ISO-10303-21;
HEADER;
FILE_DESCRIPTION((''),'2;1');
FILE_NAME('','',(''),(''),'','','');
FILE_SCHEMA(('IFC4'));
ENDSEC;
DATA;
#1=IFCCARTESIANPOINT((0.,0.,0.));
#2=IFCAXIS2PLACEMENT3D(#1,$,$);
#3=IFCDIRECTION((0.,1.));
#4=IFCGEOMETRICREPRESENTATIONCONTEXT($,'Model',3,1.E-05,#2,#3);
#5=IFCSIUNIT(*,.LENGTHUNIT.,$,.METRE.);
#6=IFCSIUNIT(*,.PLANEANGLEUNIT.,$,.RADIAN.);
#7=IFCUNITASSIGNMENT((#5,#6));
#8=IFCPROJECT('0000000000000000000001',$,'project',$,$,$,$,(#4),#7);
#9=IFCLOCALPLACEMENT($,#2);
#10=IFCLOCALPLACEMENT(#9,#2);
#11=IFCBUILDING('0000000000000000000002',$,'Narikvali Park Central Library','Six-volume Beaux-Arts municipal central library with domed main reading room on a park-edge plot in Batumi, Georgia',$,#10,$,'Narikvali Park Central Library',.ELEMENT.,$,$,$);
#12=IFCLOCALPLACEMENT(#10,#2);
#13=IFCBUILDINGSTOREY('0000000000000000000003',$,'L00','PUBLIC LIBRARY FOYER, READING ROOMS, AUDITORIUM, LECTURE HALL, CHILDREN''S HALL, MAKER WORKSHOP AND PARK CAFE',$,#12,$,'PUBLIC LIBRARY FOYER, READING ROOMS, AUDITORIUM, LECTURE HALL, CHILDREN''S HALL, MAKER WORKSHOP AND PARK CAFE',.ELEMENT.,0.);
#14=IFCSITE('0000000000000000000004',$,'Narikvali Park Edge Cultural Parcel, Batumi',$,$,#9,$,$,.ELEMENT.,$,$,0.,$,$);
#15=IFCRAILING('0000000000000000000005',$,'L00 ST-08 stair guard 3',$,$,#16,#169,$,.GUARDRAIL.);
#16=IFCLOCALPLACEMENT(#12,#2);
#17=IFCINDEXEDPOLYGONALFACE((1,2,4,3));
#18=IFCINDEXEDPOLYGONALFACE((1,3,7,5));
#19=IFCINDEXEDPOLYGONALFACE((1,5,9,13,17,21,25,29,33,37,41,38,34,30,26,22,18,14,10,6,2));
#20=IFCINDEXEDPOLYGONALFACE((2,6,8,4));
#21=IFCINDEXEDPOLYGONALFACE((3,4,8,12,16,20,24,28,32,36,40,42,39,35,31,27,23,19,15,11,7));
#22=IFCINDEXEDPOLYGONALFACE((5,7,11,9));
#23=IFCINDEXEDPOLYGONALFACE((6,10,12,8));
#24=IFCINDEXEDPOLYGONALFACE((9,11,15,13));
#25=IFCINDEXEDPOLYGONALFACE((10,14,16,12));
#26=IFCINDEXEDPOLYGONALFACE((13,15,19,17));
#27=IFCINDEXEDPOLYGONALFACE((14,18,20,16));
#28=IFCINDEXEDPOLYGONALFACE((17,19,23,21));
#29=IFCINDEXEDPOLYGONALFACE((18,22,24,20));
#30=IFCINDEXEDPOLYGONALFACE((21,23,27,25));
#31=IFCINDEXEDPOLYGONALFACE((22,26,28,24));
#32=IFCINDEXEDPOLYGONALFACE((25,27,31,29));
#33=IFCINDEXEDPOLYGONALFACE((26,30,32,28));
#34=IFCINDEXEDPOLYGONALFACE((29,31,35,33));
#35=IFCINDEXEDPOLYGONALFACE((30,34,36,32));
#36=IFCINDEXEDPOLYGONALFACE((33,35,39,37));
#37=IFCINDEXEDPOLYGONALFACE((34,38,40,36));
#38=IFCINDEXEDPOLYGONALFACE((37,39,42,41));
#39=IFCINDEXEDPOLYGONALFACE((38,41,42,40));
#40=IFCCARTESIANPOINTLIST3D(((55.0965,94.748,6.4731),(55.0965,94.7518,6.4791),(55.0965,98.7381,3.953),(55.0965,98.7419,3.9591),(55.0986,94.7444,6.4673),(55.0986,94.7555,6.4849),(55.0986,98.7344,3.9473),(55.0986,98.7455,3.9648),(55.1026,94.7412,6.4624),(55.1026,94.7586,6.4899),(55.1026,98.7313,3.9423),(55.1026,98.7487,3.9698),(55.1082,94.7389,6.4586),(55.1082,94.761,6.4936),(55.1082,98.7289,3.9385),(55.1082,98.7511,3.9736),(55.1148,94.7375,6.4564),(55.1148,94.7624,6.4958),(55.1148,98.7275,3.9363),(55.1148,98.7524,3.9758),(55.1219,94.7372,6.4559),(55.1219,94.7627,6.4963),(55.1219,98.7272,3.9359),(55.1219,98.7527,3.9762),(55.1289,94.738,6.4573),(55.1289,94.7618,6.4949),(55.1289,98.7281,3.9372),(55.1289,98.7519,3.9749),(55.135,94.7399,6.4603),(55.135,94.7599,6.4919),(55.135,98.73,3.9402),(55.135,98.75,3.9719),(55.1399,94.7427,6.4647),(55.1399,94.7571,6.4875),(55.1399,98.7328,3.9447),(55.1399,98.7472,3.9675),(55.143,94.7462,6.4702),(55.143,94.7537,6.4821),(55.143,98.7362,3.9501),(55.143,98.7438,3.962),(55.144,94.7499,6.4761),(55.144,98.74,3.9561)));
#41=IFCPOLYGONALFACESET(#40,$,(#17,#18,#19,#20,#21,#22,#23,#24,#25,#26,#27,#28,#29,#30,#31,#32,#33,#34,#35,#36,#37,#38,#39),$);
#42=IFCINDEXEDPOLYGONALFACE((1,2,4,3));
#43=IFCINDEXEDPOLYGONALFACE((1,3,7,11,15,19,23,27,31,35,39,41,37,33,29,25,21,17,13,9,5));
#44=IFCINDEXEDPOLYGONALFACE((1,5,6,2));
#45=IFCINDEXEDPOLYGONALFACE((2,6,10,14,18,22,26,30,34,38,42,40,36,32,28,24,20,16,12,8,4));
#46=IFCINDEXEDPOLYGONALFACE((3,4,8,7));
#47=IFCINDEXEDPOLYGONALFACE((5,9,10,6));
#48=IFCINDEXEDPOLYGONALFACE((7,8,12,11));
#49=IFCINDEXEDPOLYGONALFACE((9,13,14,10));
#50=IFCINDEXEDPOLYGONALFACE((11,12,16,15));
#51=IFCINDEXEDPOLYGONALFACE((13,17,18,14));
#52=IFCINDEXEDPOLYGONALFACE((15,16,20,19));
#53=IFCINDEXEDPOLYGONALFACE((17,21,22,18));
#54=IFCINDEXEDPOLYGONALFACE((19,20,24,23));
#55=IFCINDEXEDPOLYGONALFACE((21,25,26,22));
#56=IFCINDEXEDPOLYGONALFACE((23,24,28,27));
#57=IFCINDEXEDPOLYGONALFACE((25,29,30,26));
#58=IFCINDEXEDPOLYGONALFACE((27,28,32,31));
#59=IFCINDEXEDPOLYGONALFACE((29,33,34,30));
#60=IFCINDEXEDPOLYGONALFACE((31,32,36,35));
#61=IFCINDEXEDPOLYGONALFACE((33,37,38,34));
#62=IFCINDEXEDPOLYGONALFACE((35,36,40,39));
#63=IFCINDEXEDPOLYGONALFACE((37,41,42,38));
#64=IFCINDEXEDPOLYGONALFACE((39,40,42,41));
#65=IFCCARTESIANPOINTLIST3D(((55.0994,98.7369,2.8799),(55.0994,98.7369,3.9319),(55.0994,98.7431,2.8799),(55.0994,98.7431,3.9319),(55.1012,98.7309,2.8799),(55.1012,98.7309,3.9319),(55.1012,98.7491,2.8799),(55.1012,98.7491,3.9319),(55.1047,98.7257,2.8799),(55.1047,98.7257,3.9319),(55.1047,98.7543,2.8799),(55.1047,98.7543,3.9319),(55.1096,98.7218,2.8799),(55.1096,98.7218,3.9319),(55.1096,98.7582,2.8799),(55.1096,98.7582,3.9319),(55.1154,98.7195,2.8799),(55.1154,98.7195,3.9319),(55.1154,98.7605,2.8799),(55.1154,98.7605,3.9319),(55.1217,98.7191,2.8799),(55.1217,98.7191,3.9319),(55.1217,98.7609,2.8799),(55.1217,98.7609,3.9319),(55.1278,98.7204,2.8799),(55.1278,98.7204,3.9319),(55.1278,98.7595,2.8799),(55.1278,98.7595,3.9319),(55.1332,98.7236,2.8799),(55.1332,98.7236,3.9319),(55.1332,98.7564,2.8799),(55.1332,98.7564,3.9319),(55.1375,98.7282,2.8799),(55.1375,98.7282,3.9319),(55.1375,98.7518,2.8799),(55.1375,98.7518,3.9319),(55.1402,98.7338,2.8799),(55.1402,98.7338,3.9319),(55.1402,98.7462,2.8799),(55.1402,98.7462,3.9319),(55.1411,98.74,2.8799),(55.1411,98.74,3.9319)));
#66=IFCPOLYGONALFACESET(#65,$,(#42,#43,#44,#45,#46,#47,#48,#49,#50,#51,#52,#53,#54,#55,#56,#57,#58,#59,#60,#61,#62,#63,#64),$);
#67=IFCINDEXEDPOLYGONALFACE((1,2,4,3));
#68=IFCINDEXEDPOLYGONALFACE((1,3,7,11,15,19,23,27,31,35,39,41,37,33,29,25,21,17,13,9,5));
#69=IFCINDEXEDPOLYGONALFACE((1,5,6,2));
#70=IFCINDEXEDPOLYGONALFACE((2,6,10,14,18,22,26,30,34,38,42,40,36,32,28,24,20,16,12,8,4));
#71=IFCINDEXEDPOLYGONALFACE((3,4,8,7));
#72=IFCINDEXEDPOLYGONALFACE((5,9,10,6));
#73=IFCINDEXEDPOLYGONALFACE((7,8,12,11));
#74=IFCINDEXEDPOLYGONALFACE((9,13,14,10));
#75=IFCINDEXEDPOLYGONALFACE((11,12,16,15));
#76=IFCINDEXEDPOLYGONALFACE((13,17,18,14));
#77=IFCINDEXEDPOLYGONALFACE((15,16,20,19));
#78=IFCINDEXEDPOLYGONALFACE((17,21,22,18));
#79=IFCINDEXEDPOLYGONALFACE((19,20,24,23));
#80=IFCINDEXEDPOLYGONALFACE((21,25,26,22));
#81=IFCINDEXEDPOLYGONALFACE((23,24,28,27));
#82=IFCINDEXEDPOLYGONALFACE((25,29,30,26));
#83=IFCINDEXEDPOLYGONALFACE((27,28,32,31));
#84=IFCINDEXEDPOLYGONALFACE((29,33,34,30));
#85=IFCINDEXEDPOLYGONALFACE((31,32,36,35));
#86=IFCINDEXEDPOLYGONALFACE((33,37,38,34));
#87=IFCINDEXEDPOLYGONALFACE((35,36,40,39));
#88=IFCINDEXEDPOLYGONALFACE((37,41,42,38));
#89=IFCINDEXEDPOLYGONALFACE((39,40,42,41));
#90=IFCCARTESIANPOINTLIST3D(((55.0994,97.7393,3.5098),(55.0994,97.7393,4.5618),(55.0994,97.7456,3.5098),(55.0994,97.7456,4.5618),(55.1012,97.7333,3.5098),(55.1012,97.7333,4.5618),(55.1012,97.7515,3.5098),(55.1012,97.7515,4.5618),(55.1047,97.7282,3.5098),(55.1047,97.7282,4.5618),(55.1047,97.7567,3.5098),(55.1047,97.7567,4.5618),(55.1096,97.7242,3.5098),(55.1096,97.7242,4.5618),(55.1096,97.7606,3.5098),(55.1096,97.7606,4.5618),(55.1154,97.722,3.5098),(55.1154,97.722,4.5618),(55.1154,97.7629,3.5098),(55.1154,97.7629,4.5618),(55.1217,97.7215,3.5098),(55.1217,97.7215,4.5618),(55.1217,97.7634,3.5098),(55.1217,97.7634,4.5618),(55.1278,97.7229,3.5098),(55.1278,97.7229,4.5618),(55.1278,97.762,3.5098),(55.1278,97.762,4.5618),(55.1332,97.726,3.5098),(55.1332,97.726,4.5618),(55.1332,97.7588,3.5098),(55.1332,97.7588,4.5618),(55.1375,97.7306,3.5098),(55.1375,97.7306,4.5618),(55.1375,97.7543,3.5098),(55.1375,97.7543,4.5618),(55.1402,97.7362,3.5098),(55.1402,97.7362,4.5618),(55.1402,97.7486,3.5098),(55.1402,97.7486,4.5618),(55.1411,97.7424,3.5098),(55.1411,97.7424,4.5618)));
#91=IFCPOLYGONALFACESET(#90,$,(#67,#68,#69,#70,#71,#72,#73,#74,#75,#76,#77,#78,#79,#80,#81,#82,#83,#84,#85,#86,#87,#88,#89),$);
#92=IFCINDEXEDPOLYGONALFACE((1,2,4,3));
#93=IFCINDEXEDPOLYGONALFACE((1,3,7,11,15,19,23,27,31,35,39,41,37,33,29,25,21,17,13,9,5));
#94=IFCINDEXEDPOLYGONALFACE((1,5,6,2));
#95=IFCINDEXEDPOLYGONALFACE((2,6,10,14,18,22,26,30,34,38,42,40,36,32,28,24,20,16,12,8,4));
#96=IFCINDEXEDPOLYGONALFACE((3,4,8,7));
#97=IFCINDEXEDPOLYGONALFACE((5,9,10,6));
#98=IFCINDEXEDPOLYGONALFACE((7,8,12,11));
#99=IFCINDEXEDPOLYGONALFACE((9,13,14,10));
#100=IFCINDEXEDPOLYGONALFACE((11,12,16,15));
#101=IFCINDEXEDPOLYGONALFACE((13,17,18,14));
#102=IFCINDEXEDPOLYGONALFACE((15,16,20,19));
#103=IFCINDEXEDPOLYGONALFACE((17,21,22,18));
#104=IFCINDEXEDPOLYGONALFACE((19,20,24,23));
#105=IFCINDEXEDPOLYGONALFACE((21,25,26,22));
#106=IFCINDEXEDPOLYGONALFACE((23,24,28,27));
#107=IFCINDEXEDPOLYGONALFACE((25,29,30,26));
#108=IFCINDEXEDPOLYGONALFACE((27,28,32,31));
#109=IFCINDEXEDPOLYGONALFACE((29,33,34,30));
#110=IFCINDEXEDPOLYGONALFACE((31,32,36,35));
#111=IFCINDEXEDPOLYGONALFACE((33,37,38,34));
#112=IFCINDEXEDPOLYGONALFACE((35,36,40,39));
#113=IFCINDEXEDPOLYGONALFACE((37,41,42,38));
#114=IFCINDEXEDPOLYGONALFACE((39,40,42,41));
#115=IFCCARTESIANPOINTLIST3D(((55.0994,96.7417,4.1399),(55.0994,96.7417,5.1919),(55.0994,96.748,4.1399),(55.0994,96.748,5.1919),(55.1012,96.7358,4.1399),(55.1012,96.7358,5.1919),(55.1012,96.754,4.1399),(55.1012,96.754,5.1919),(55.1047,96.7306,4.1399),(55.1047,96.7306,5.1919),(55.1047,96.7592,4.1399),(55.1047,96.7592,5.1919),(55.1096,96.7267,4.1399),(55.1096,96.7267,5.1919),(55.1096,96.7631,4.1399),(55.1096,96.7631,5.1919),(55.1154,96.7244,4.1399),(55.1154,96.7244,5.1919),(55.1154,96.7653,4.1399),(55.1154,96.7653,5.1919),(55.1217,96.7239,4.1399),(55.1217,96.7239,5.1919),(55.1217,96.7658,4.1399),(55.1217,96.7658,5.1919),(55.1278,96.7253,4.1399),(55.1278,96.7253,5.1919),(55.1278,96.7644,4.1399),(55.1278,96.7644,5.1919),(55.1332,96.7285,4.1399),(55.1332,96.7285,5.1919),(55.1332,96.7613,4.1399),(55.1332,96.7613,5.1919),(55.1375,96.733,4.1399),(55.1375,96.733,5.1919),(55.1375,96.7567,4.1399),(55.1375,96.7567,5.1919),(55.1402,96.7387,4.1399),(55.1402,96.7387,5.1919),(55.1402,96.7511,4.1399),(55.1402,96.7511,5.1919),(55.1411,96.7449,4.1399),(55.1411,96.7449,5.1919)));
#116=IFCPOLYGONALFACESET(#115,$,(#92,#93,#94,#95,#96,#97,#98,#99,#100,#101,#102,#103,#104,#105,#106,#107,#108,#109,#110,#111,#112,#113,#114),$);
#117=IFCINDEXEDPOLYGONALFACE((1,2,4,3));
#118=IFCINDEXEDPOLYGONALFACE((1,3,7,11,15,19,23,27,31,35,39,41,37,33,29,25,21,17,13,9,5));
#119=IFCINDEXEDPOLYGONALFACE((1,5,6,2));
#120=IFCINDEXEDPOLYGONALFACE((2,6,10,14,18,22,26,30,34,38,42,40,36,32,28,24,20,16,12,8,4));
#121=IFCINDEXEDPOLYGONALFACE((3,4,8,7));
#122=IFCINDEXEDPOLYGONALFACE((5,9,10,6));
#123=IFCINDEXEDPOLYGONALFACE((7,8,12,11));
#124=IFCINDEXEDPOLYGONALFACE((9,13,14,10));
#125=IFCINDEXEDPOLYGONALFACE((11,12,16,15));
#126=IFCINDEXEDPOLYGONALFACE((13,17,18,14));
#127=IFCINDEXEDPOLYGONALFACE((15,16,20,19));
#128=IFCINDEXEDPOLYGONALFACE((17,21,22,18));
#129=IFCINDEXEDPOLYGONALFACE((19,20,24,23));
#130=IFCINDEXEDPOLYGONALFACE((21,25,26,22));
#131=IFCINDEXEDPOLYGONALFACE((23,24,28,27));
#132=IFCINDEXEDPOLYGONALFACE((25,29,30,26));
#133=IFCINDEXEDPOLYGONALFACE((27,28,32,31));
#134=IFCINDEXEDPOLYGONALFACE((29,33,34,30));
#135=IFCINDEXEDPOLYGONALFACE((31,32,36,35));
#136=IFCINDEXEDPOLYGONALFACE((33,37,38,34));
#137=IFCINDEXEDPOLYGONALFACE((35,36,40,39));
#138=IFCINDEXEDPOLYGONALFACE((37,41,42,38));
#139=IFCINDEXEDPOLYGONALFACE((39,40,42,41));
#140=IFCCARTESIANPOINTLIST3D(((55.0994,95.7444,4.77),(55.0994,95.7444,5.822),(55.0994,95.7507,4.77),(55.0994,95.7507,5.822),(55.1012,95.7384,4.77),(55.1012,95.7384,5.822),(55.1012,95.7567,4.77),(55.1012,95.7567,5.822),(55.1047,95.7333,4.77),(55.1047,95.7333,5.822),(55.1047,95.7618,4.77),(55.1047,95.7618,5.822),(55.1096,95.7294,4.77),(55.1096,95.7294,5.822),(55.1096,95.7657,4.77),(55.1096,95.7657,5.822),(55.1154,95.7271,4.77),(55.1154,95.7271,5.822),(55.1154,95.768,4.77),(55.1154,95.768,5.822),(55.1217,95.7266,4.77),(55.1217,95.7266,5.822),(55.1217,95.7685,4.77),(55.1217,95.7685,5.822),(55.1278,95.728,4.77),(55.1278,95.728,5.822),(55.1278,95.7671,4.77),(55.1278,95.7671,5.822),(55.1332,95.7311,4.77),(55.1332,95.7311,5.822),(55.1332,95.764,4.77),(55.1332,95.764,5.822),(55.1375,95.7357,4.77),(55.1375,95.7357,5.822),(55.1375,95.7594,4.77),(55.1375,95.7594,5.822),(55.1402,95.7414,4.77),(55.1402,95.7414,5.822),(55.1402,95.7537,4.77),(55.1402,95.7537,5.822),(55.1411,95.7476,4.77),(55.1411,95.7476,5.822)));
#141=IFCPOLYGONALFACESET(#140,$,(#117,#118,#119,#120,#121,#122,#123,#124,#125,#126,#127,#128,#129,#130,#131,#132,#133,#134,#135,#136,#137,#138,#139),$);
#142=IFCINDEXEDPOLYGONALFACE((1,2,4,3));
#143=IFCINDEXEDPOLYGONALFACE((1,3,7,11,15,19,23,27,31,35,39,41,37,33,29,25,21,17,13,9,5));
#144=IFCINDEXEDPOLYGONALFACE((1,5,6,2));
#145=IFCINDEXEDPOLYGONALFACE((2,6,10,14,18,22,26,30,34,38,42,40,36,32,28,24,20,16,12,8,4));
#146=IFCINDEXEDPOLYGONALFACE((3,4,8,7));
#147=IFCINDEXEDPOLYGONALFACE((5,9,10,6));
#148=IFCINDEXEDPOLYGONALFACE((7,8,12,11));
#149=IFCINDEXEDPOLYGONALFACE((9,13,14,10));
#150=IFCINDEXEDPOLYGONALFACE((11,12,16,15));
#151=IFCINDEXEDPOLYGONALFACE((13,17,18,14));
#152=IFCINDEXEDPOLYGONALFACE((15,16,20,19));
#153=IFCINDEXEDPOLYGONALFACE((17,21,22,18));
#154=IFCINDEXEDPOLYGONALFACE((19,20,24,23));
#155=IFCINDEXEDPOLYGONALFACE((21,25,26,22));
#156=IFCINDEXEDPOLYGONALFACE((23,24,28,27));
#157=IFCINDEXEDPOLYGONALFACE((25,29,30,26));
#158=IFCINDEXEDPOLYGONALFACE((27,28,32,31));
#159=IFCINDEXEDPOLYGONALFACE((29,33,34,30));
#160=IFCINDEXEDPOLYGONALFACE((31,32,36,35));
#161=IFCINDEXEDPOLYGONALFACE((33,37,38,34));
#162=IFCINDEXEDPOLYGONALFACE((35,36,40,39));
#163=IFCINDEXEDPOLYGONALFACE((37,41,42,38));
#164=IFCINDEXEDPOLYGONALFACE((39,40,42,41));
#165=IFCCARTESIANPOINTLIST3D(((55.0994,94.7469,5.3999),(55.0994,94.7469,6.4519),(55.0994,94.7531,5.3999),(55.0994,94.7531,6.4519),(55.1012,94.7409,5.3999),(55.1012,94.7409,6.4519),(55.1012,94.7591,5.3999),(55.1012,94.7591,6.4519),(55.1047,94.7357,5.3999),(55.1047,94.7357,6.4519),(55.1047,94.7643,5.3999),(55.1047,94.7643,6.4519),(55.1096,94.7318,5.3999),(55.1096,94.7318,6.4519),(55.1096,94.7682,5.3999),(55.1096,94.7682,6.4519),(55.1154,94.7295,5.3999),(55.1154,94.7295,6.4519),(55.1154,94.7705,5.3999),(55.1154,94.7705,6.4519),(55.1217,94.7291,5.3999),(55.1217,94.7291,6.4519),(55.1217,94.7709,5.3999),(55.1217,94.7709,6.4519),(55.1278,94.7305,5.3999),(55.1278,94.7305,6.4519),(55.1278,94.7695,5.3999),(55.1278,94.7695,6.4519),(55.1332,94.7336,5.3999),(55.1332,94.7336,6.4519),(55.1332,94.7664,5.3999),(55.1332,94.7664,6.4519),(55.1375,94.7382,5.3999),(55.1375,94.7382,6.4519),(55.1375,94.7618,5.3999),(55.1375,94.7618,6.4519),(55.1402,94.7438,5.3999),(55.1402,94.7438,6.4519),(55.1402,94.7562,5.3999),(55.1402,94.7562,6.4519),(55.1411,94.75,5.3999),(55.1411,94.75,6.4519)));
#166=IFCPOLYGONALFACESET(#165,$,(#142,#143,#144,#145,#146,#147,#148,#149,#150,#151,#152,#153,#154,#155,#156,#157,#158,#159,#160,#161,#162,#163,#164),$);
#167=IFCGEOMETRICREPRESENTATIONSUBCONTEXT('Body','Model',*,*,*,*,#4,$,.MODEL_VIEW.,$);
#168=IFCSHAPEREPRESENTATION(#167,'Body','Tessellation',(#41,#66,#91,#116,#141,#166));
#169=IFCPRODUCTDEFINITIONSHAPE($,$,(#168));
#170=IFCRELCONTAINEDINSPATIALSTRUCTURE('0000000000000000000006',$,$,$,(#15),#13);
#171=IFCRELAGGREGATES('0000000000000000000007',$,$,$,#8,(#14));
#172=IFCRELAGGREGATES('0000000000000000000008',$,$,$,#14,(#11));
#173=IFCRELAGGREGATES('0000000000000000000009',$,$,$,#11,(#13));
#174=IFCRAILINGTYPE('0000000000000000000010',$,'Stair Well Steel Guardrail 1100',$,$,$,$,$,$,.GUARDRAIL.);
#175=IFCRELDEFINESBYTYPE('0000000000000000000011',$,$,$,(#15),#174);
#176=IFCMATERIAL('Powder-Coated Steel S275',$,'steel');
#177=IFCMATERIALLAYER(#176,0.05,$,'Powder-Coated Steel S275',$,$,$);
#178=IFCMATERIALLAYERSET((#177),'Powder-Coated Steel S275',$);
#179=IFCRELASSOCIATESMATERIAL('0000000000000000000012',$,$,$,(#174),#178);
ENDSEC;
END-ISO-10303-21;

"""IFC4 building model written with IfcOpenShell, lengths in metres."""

from ifc_helpers import new_model, si_unit, direction, frame, origin, origin_2d, place, context, subcontext, project, spatial, circle, extrude, material, layer, layer_set, type_object, element, save


model = new_model("IFC4")

# Units and contexts
model_context = context("Model", 3, precision=1e-05, world=origin(), true_north=direction((0.0, 1.0)))
body_context = subcontext(model_context, "Body", "Model", "MODEL_VIEW")
ifc_project = project(units=[si_unit("LENGTHUNIT", "METRE"), si_unit("PLANEANGLEUNIT", "RADIAN")], contexts=[model_context])

# Site, building, storey
site_placement = place(None, origin())
site = spatial("IfcSite", under=ifc_project, at=site_placement, Name="Narikvali Park Edge Cultural Parcel, Batumi", CompositionType="ELEMENT", RefElevation=0.0)
building_placement = place(site_placement, origin())
building = spatial("IfcBuilding", under=site, at=building_placement, Name="Narikvali Park Central Library", Description="Six-volume Beaux-Arts municipal central library with domed main reading room on a park-edge plot in Batumi, Georgia", LongName="Narikvali Park Central Library", CompositionType="ELEMENT")
storey_placement = place(building_placement, origin())
storey = spatial("IfcBuildingStorey", under=building, at=storey_placement, Name="L00", Description="PUBLIC LIBRARY FOYER, READING ROOMS, AUDITORIUM, LECTURE HALL, CHILDREN'S HALL, MAKER WORKSHOP AND PARK CAFE", LongName="PUBLIC LIBRARY FOYER, READING ROOMS, AUDITORIUM, LECTURE HALL, CHILDREN'S HALL, MAKER WORKSHOP AND PARK CAFE", CompositionType="ELEMENT", Elevation=0.0)

# Railing
ifc_material_1 = material(Name="Powder-Coated Steel S275", Category="steel")
ifc_layer_1 = layer(ifc_material_1, 0.05, Name="Powder-Coated Steel S275")
ifc_layer_set_1 = layer_set([ifc_layer_1], Name="Powder-Coated Steel S275")
railing_type_1 = type_object("IfcRailingType", Name="Stair Well Steel Guardrail 1100", PredefinedType="GUARDRAIL", material=ifc_layer_set_1)
railing_1_placement = place(storey_placement, frame((55.1201, 98.74, 2.8799)))
element("IfcRailing", 1, at=railing_1_placement, inside=storey, type_object=railing_type_1, Name="L00 ST-08 stair guard 3", PredefinedType="GUARDRAIL", context=body_context, shape_type="SweptSolid", body=[
    extrude(circle(Radius=0.0239, at=origin_2d()), frame((0.0, 0.0, 1.0762), z_axis=(0.0, -0.845486, 0.533997), x_axis=(1.0, 0.0, 0.0)), (0.0, 0.0, 1.0), 4.7192),
    extrude(circle(Radius=0.021, at=origin_2d()), origin(), (0.0, 0.0, 1.0), 1.052),
    extrude(circle(Radius=0.021, at=origin_2d()), frame((0.0, -0.9976, 0.6299)), (0.0, 0.0, 1.0), 1.052),
    extrude(circle(Radius=0.021, at=origin_2d()), frame((0.0, -1.9951, 1.26)), (0.0, 0.0, 1.0), 1.052),
    extrude(circle(Radius=0.021, at=origin_2d()), frame((0.0, -2.9924, 1.8901)), (0.0, 0.0, 1.0), 1.052),
    extrude(circle(Radius=0.021, at=origin_2d()), frame((0.0, -3.99, 2.52)), (0.0, 0.0, 1.0), 1.052),
])

save(model, "model.ifc")
